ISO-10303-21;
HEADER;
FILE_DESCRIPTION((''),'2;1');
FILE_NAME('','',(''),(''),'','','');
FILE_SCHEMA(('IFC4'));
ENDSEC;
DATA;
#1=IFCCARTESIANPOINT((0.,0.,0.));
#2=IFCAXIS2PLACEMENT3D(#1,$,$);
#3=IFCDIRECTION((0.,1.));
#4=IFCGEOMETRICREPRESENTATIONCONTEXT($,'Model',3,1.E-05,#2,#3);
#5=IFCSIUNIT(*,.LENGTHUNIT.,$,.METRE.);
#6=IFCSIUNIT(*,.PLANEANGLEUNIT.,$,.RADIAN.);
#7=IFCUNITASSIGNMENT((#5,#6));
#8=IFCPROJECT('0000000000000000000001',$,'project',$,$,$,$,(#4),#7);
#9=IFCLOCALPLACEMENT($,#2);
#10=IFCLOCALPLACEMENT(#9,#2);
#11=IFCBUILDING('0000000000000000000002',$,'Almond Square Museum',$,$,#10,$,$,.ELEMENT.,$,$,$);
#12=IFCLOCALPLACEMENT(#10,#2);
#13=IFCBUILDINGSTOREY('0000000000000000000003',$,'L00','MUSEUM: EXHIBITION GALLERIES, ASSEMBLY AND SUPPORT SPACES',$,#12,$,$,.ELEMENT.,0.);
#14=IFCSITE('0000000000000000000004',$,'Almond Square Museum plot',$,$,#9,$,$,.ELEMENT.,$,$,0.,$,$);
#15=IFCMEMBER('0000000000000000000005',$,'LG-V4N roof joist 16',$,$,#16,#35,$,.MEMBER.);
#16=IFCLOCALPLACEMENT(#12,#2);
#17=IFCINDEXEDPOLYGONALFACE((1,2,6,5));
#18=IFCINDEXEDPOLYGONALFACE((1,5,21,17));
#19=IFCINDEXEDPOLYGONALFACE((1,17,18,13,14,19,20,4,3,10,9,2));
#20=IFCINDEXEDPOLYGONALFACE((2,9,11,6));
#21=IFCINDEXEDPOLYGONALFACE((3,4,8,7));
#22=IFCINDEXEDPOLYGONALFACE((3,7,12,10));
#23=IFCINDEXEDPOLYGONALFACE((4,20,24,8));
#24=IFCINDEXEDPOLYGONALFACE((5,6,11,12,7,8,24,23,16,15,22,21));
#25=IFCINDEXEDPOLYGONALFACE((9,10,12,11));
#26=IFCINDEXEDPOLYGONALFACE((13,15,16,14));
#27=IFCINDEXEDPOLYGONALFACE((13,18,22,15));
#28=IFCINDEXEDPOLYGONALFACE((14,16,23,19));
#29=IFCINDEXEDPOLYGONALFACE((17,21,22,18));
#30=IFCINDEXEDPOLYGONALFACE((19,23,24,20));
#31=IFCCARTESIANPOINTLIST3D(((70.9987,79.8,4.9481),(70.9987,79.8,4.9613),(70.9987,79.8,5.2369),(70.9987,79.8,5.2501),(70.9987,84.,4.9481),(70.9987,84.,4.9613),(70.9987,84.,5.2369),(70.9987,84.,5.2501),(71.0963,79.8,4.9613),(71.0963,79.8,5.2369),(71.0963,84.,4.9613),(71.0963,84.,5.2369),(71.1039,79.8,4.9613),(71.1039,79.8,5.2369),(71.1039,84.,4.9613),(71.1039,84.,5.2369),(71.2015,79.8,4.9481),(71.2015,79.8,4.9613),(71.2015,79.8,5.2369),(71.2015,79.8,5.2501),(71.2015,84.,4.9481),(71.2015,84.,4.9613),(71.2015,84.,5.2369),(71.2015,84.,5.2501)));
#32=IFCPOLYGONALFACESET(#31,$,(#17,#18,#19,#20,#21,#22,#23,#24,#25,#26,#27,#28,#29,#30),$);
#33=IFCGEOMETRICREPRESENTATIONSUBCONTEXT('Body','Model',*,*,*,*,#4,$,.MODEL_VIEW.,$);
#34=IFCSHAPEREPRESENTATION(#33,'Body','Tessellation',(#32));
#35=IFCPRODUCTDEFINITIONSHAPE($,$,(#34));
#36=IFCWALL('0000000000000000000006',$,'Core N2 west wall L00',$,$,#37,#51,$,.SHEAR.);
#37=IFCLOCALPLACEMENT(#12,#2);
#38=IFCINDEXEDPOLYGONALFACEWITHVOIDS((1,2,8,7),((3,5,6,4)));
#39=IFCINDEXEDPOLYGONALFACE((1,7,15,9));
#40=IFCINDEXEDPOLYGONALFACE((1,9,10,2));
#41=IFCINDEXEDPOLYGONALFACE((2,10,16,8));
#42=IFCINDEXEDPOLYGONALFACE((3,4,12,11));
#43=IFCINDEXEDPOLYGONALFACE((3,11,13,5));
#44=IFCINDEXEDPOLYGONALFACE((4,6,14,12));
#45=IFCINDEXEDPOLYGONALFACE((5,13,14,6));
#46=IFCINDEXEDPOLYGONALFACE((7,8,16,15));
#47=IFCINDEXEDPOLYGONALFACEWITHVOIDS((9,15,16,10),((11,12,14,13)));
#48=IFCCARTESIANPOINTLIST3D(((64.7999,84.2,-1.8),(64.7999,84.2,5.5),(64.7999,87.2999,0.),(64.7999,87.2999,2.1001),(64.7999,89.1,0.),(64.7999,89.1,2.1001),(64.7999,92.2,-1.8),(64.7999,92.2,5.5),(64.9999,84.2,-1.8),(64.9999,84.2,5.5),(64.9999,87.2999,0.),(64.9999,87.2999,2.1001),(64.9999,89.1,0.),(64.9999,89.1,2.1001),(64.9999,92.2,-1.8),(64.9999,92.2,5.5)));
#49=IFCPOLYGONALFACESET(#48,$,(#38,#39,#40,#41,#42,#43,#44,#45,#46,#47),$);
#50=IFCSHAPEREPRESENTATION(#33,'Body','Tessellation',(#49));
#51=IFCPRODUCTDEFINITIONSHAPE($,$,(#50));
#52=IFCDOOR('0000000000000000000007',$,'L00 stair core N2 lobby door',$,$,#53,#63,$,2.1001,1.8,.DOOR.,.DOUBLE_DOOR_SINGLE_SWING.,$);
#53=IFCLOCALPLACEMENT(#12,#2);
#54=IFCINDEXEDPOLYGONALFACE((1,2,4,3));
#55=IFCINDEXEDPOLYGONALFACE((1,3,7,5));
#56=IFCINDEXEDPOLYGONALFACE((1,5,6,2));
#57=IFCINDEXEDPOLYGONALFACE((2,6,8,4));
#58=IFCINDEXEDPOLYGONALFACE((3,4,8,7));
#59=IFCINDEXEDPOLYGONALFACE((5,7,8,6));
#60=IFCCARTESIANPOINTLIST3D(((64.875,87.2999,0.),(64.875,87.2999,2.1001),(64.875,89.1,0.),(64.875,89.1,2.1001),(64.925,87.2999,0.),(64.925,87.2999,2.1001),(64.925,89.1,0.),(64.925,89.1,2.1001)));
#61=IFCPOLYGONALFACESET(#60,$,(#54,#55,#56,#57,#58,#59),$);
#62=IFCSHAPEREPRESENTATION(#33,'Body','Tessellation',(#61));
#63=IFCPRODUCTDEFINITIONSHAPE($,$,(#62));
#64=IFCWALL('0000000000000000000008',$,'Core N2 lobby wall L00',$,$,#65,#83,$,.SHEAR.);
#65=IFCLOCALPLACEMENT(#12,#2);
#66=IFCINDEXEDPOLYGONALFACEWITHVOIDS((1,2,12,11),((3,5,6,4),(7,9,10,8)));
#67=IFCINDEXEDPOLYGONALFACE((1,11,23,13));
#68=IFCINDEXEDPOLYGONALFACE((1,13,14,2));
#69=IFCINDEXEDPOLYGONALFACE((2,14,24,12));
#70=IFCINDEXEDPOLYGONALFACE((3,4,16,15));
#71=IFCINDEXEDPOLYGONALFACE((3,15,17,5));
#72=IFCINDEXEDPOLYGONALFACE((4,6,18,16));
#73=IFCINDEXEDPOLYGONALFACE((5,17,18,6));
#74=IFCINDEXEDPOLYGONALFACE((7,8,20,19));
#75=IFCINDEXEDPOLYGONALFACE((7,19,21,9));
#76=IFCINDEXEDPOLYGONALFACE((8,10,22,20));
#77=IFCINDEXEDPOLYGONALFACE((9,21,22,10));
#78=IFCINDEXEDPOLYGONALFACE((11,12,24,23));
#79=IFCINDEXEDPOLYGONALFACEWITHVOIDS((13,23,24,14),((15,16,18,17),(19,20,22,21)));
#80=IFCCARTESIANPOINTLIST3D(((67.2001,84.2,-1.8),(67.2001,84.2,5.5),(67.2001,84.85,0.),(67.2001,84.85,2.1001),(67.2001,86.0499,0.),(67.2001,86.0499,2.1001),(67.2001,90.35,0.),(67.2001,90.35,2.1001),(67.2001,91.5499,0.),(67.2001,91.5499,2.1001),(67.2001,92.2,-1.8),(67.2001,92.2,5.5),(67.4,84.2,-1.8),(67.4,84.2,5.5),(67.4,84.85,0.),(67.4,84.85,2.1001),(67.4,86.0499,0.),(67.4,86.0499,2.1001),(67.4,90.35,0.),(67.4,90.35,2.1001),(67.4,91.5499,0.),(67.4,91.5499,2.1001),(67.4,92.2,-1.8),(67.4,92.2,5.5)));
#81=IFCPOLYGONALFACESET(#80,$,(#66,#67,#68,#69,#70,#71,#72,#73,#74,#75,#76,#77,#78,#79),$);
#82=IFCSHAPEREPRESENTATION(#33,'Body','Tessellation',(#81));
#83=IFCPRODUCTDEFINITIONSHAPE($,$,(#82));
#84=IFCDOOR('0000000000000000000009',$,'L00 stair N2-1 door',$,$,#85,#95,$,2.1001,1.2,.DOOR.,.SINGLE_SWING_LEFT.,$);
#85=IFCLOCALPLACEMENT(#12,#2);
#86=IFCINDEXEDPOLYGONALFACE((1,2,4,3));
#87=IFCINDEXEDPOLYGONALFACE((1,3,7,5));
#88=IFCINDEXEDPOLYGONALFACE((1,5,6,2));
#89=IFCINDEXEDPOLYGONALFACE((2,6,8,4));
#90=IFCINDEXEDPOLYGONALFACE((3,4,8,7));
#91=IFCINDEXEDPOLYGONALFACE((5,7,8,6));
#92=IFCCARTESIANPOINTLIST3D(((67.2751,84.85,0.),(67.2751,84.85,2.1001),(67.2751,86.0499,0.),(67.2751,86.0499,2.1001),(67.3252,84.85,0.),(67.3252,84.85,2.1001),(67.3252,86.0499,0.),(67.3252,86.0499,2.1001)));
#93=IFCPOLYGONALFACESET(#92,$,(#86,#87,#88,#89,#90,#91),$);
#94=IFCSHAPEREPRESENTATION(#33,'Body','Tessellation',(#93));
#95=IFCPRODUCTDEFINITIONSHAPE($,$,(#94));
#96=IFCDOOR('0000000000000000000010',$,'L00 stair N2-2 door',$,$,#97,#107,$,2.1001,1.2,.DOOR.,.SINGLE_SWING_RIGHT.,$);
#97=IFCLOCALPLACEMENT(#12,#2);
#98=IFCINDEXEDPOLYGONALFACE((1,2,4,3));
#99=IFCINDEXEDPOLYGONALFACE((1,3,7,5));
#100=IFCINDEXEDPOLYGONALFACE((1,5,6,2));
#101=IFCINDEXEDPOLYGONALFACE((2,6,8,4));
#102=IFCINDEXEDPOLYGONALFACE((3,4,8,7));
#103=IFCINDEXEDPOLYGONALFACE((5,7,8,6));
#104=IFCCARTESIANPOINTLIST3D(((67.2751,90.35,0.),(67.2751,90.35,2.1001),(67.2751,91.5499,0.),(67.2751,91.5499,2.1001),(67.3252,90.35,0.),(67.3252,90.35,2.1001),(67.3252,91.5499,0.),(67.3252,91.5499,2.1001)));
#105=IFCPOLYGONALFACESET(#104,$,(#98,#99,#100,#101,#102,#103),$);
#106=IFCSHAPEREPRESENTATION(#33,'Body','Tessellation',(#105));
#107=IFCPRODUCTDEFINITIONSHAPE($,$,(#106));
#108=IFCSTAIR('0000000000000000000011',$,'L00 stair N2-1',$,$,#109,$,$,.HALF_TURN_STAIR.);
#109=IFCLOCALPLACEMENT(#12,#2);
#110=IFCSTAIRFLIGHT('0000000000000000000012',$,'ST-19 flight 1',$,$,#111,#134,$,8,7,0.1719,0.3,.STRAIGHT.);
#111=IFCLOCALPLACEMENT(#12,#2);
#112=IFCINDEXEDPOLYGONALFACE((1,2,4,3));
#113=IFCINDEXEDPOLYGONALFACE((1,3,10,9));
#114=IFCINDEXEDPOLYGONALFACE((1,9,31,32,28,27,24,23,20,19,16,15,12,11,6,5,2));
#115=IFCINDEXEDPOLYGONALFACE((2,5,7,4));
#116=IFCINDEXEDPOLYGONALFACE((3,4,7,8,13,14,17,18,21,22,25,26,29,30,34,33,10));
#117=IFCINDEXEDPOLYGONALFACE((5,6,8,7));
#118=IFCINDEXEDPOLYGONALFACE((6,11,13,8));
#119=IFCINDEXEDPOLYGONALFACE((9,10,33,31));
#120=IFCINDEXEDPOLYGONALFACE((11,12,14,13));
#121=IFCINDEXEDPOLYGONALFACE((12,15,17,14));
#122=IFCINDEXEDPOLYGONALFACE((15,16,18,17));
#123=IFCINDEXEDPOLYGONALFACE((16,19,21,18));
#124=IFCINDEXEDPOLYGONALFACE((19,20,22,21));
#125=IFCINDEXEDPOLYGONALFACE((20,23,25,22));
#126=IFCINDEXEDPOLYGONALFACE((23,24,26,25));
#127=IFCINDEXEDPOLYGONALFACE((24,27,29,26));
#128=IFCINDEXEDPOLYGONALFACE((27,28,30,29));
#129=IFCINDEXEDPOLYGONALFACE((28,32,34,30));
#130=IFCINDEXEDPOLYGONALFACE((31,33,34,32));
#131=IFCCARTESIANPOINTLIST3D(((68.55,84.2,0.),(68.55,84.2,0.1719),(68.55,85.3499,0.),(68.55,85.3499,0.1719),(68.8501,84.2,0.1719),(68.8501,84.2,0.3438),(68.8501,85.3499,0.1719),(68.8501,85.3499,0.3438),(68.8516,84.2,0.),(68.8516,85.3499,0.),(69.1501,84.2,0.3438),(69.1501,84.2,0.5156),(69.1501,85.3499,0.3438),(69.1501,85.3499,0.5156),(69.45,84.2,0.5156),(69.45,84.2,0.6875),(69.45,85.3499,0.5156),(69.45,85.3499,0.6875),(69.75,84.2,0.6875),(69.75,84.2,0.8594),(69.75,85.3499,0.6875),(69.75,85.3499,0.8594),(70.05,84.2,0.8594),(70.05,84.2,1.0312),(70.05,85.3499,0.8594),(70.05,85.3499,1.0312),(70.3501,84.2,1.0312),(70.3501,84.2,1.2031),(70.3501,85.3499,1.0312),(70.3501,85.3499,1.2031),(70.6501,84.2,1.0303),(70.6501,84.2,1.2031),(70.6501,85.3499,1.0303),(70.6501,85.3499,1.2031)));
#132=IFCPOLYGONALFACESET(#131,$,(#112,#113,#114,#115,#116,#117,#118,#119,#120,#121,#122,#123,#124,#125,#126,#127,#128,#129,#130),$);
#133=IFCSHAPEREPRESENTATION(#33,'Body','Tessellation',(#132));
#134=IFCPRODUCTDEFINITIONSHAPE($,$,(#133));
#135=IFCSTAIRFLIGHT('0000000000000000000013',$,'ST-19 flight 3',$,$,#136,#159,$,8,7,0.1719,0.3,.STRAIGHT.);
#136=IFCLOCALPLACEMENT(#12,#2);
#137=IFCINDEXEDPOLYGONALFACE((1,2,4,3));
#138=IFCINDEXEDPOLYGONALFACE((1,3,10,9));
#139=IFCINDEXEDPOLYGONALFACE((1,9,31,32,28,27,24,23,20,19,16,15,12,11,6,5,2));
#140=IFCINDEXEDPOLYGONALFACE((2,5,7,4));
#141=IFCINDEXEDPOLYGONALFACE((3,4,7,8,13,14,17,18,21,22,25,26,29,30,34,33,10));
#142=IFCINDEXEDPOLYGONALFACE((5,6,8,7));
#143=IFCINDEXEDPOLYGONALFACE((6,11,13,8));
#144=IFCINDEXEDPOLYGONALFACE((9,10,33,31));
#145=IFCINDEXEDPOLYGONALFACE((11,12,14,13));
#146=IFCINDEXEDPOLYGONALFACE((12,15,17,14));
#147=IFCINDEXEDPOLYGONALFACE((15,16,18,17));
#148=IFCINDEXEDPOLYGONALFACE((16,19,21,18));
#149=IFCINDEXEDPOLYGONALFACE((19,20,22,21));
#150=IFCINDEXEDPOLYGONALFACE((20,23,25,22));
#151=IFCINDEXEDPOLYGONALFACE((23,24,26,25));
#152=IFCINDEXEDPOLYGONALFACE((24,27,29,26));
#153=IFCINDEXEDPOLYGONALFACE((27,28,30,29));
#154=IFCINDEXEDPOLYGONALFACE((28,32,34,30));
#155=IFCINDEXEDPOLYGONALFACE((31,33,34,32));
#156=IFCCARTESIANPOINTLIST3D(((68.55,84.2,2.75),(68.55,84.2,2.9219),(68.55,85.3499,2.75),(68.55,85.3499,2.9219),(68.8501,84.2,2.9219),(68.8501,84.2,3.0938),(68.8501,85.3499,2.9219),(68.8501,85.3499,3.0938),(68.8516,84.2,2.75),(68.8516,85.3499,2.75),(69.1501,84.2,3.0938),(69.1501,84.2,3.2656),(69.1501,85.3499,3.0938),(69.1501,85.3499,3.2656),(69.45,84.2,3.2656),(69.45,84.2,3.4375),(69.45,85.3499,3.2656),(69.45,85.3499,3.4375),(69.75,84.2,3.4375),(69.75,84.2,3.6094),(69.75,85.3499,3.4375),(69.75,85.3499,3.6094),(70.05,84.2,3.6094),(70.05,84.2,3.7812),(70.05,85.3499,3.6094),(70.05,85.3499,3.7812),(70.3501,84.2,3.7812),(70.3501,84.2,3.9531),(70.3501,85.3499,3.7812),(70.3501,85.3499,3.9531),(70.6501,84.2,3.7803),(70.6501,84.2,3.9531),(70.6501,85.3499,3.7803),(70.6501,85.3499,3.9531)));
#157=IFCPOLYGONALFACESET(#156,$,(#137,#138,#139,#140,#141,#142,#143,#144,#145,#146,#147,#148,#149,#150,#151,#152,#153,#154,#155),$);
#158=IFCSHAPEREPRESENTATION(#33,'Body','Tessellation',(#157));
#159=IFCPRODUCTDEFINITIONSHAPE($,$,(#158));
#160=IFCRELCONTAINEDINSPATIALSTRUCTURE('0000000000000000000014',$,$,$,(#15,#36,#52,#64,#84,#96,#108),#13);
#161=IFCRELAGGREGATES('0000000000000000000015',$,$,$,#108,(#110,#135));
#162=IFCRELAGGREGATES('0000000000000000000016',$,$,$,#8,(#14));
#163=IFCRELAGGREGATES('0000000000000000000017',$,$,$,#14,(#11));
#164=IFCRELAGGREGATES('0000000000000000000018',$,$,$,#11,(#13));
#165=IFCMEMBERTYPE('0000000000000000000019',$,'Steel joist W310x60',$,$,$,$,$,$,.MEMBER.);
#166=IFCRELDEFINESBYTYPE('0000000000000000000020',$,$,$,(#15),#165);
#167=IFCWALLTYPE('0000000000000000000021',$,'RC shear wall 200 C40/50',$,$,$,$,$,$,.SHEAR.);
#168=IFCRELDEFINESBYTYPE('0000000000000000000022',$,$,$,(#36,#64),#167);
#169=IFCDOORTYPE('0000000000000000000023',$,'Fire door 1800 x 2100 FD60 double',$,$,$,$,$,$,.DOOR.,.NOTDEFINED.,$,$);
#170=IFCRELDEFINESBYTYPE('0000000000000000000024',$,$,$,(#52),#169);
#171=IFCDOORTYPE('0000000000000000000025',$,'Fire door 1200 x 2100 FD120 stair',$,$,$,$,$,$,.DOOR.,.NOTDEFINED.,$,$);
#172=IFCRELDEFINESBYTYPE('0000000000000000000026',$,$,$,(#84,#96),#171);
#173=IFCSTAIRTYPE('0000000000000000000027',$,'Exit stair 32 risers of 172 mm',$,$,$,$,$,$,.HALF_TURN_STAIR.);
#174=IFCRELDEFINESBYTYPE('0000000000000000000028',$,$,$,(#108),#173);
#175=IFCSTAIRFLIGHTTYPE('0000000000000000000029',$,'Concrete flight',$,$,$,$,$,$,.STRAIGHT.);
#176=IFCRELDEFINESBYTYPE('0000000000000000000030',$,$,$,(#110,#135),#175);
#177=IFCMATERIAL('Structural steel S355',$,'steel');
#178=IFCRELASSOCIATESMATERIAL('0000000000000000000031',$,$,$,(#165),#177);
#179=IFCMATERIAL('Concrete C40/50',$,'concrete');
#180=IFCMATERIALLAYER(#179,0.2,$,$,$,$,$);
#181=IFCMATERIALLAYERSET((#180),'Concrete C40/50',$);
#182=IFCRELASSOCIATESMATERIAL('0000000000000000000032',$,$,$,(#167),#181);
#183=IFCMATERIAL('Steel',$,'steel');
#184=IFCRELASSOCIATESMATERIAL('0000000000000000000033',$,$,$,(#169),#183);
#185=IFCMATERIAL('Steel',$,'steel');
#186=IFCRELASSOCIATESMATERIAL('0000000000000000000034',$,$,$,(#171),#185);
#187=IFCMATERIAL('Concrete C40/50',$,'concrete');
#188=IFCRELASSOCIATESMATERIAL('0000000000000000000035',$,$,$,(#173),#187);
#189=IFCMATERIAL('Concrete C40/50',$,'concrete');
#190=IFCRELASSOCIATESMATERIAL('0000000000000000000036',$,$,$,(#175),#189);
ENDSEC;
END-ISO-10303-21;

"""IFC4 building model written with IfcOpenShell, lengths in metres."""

from ifc_helpers import new_model, si_unit, direction, frame, frame_2d, origin, origin_2d, place, context, subcontext, project, spatial, polyline, rectangle, i_section, outline, extrude, material, layer, layer_set, material_profile, profile_set, type_object, element, fill, aggregate, save


model = new_model("IFC4")

# Units and contexts
model_context = context("Model", 3, precision=1e-05, world=origin(), true_north=direction((0.0, 1.0)))
body_context = subcontext(model_context, "Body", "Model", "MODEL_VIEW")
ifc_project = project(units=[si_unit("LENGTHUNIT", "METRE"), si_unit("PLANEANGLEUNIT", "RADIAN")], contexts=[model_context])

# Site, building, storey
site_placement = place(None, origin())
site = spatial("IfcSite", under=ifc_project, at=site_placement, Name="Almond Square Museum plot", CompositionType="ELEMENT", RefElevation=0.0)
building_placement = place(site_placement, origin())
building = spatial("IfcBuilding", under=site, at=building_placement, Name="Almond Square Museum", CompositionType="ELEMENT")
storey_placement = place(building_placement, origin())
storey = spatial("IfcBuildingStorey", under=building, at=storey_placement, Name="L00", Description="MUSEUM: EXHIBITION GALLERIES, ASSEMBLY AND SUPPORT SPACES", CompositionType="ELEMENT", Elevation=0.0)

# Member
ifc_material_1 = material(Name="Structural steel S355", Category="steel")
ifc_material_profile_1 = material_profile(ifc_material_1, i_section(OverallWidth=0.2029, OverallDepth=0.302, WebThickness=0.0076, FlangeThickness=0.0132, at=origin_2d()))
ifc_profile_set_1 = profile_set([ifc_material_profile_1], Name="Structural steel S355")
member_type = type_object("IfcMemberType", Name="Steel joist W310x60", PredefinedType="MEMBER", material=ifc_profile_set_1)
for number, where, z_axis, x_axis, name in (
    (1, (71.1001, 84.0, 5.0991), (0.0, -1.0, 0.0), (1.0, 0.0, 0.0), "LG-V4N roof joist 16"),
):
    element("IfcMember", number, at=place(storey_placement, frame(where, z_axis=z_axis, x_axis=x_axis)), inside=storey, type_object=member_type, Name=name, PredefinedType="MEMBER", context=body_context, shape_type="SweptSolid", body=[
        extrude(i_section(OverallWidth=0.2029, OverallDepth=0.302, WebThickness=0.0076, FlangeThickness=0.0132, at=origin_2d()), origin(), (0.0, 0.0, 1.0), 4.2),
    ])

# Wall, opening, door
ifc_material_2 = material(Name="Concrete C40/50", Category="concrete")
ifc_layer = layer(ifc_material_2, 0.2)
ifc_layer_set = layer_set([ifc_layer], Name="Concrete C40/50")
wall_type = type_object("IfcWallType", Name="RC shear wall 200 C40/50", PredefinedType="SHEAR", material=ifc_layer_set)
wall_1_placement = place(storey_placement, frame((64.8999, 84.2, -1.8), z_axis=(0.0, 0.0, 1.0), x_axis=(0.0, 1.0, 0.0)))
wall_1 = element("IfcWall", 2, at=wall_1_placement, inside=storey, type_object=wall_type, Name="Core N2 west wall L00", PredefinedType="SHEAR", context=body_context, shape_type="SweptSolid", body=[
    extrude(rectangle(XDim=8.0, YDim=0.2, at=frame_2d((4.0, 0.0))), origin(), (0.0, 0.0, 1.0), 7.3),
])
opening_1_placement = place(wall_1_placement, frame((3.1001, 0.0, 1.8)))
opening_1 = element("IfcOpeningElement", 3, at=opening_1_placement, cuts=wall_1, PredefinedType="OPENING", context=body_context, shape_type="SweptSolid", body=[
    extrude(rectangle(XDim=1.8, YDim=2.1001, at=frame_2d((0.8999, 1.05))), frame((0.0, 0.1099, 0.0), z_axis=(0.0, -1.0, 0.0), x_axis=(1.0, 0.0, 0.0)), (0.0, 0.0, 1.0), 0.22),
])
ifc_material_3 = material(Name="Steel", Category="steel")
door_type_1 = type_object("IfcDoorType", Name="Fire door 1800 x 2100 FD60 double", OperationType="NOTDEFINED", PredefinedType="DOOR", material=ifc_material_3)
door_1_placement = place(opening_1_placement, origin())
door_1 = element("IfcDoor", 4, at=door_1_placement, inside=storey, type_object=door_type_1, Name="L00 stair core N2 lobby door", OperationType="DOUBLE_DOOR_SINGLE_SWING", OverallHeight=2.1001, OverallWidth=1.8, PredefinedType="DOOR", context=body_context, shape_type="SweptSolid", body=[
    extrude(rectangle(XDim=1.8, YDim=2.1001, at=frame_2d((0.8999, 1.05))), frame((0.0, 0.0249, 0.0), z_axis=(0.0, -1.0, 0.0), x_axis=(1.0, 0.0, 0.0)), (0.0, 0.0, 1.0), 0.05),
])
fill(opening_1, door_1)

# Wall, openings, doors
wall_2_placement = place(storey_placement, frame((67.3, 84.2, -1.8), z_axis=(0.0, 0.0, 1.0), x_axis=(0.0, 1.0, 0.0)))
wall_2 = element("IfcWall", 5, at=wall_2_placement, inside=storey, type_object=wall_type, Name="Core N2 lobby wall L00", PredefinedType="SHEAR", context=body_context, shape_type="SweptSolid", body=[
    extrude(rectangle(XDim=8.0, YDim=0.2, at=frame_2d((4.0, 0.0))), origin(), (0.0, 0.0, 1.0), 7.3),
])
opening_2_placement = place(wall_2_placement, frame((0.6499, 0.0, 1.8)))
opening_2 = element("IfcOpeningElement", 6, at=opening_2_placement, cuts=wall_2, PredefinedType="OPENING", context=body_context, shape_type="SweptSolid", body=[
    extrude(rectangle(XDim=1.2, YDim=2.1001, at=frame_2d((0.6001, 1.05))), frame((0.0, 0.1099, 0.0), z_axis=(0.0, -1.0, 0.0), x_axis=(1.0, 0.0, 0.0)), (0.0, 0.0, 1.0), 0.22),
])
opening_3_placement = place(wall_2_placement, frame((6.1499, 0.0, 1.8)))
opening_3 = element("IfcOpeningElement", 7, at=opening_3_placement, cuts=wall_2, PredefinedType="OPENING", context=body_context, shape_type="SweptSolid", body=[
    extrude(rectangle(XDim=1.2, YDim=2.1001, at=frame_2d((0.6001, 1.05))), frame((0.0, 0.1099, 0.0), z_axis=(0.0, -1.0, 0.0), x_axis=(1.0, 0.0, 0.0)), (0.0, 0.0, 1.0), 0.22),
])
ifc_material_4 = material(Name="Steel", Category="steel")
door_type_2 = type_object("IfcDoorType", Name="Fire door 1200 x 2100 FD120 stair", OperationType="NOTDEFINED", PredefinedType="DOOR", material=ifc_material_4)
door_2_placement = place(opening_2_placement, origin())
door_2 = element("IfcDoor", 8, at=door_2_placement, inside=storey, type_object=door_type_2, Name="L00 stair N2-1 door", OperationType="SINGLE_SWING_LEFT", OverallHeight=2.1001, OverallWidth=1.2, PredefinedType="DOOR", context=body_context, shape_type="SweptSolid", body=[
    extrude(rectangle(XDim=1.2, YDim=2.1001, at=frame_2d((0.6001, 1.05))), frame((0.0, 0.0249, 0.0), z_axis=(0.0, -1.0, 0.0), x_axis=(1.0, 0.0, 0.0)), (0.0, 0.0, 1.0), 0.05),
])
fill(opening_2, door_2)
door_3_placement = place(opening_3_placement, origin())
door_3 = element("IfcDoor", 9, at=door_3_placement, inside=storey, type_object=door_type_2, Name="L00 stair N2-2 door", OperationType="SINGLE_SWING_RIGHT", OverallHeight=2.1001, OverallWidth=1.2, PredefinedType="DOOR", context=body_context, shape_type="SweptSolid", body=[
    extrude(rectangle(XDim=1.2, YDim=2.1001, at=frame_2d((0.6001, 1.05))), frame((0.0, 0.0249, 0.0), z_axis=(0.0, -1.0, 0.0), x_axis=(1.0, 0.0, 0.0)), (0.0, 0.0, 1.0), 0.05),
])
fill(opening_3, door_3)

# Stair, stair flights
ifc_material_5 = material(Name="Concrete C40/50", Category="concrete")
stair_type = type_object("IfcStairType", Name="Exit stair 32 risers of 172 mm", PredefinedType="HALF_TURN_STAIR", material=ifc_material_5)
stair_placement = place(storey_placement, origin())
stair = element("IfcStair", 10, at=stair_placement, inside=storey, type_object=stair_type, Name="L00 stair N2-1", PredefinedType="HALF_TURN_STAIR")
ifc_material_6 = material(Name="Concrete C40/50", Category="concrete")
stair_flight_type = type_object("IfcStairFlightType", Name="Concrete flight", PredefinedType="STRAIGHT", material=ifc_material_6)
stair_flight_1_placement = place(storey_placement, frame((68.55, 84.7749, 0.0), z_axis=(0.0, 0.0, 1.0), x_axis=(1.0, 0.0, 0.0)))
stair_flight_1 = element("IfcStairFlight", 11, at=stair_flight_1_placement, type_object=stair_flight_type, Name="ST-19 flight 1", NumberOfRisers=8, NumberOfTreads=7, PredefinedType="STRAIGHT", RiserHeight=0.1719, TreadLength=0.3, context=body_context, shape_type="SweptSolid", body=[
    extrude(outline(polyline([(0.0, 0.0), (0.0, 0.1719), (0.3, 0.1719), (0.3, 0.3438), (0.6001, 0.3438), (0.6001, 0.5156), (0.8999, 0.5156), (0.8999, 0.6875), (1.2, 0.6875), (1.2, 0.8594), (1.5, 0.8594), (1.5, 1.0312), (1.8, 1.0312), (1.8, 1.2031), (2.1001, 1.2031), (2.1001, 1.375), (2.1001, 1.0303), (0.3015, 0.0), (0.0, 0.0)])), frame((0.0, 0.575, 0.0), z_axis=(0.0, -1.0, 0.0), x_axis=(1.0, 0.0, 0.0)), (0.0, 0.0, 1.0), 1.1499),
])
stair_flight_2_placement = place(storey_placement, frame((68.55, 84.7749, 2.75), z_axis=(0.0, 0.0, 1.0), x_axis=(1.0, 0.0, 0.0)))
stair_flight_2 = element("IfcStairFlight", 12, at=stair_flight_2_placement, type_object=stair_flight_type, Name="ST-19 flight 3", NumberOfRisers=8, NumberOfTreads=7, PredefinedType="STRAIGHT", RiserHeight=0.1719, TreadLength=0.3, context=body_context, shape_type="SweptSolid", body=[
    extrude(outline(polyline([(0.0, 0.0), (0.0, 0.1719), (0.3, 0.1719), (0.3, 0.3438), (0.6001, 0.3438), (0.6001, 0.5156), (0.8999, 0.5156), (0.8999, 0.6875), (1.2, 0.6875), (1.2, 0.8594), (1.5, 0.8594), (1.5, 1.0312), (1.8, 1.0312), (1.8, 1.2031), (2.1001, 1.2031), (2.1001, 1.375), (2.1001, 1.0303), (0.3015, 0.0), (0.0, 0.0)])), frame((0.0, 0.575, 0.0), z_axis=(0.0, -1.0, 0.0), x_axis=(1.0, 0.0, 0.0)), (0.0, 0.0, 1.0), 1.1499),
])
aggregate(stair, [stair_flight_1, stair_flight_2])

save(model, "model.ifc")
